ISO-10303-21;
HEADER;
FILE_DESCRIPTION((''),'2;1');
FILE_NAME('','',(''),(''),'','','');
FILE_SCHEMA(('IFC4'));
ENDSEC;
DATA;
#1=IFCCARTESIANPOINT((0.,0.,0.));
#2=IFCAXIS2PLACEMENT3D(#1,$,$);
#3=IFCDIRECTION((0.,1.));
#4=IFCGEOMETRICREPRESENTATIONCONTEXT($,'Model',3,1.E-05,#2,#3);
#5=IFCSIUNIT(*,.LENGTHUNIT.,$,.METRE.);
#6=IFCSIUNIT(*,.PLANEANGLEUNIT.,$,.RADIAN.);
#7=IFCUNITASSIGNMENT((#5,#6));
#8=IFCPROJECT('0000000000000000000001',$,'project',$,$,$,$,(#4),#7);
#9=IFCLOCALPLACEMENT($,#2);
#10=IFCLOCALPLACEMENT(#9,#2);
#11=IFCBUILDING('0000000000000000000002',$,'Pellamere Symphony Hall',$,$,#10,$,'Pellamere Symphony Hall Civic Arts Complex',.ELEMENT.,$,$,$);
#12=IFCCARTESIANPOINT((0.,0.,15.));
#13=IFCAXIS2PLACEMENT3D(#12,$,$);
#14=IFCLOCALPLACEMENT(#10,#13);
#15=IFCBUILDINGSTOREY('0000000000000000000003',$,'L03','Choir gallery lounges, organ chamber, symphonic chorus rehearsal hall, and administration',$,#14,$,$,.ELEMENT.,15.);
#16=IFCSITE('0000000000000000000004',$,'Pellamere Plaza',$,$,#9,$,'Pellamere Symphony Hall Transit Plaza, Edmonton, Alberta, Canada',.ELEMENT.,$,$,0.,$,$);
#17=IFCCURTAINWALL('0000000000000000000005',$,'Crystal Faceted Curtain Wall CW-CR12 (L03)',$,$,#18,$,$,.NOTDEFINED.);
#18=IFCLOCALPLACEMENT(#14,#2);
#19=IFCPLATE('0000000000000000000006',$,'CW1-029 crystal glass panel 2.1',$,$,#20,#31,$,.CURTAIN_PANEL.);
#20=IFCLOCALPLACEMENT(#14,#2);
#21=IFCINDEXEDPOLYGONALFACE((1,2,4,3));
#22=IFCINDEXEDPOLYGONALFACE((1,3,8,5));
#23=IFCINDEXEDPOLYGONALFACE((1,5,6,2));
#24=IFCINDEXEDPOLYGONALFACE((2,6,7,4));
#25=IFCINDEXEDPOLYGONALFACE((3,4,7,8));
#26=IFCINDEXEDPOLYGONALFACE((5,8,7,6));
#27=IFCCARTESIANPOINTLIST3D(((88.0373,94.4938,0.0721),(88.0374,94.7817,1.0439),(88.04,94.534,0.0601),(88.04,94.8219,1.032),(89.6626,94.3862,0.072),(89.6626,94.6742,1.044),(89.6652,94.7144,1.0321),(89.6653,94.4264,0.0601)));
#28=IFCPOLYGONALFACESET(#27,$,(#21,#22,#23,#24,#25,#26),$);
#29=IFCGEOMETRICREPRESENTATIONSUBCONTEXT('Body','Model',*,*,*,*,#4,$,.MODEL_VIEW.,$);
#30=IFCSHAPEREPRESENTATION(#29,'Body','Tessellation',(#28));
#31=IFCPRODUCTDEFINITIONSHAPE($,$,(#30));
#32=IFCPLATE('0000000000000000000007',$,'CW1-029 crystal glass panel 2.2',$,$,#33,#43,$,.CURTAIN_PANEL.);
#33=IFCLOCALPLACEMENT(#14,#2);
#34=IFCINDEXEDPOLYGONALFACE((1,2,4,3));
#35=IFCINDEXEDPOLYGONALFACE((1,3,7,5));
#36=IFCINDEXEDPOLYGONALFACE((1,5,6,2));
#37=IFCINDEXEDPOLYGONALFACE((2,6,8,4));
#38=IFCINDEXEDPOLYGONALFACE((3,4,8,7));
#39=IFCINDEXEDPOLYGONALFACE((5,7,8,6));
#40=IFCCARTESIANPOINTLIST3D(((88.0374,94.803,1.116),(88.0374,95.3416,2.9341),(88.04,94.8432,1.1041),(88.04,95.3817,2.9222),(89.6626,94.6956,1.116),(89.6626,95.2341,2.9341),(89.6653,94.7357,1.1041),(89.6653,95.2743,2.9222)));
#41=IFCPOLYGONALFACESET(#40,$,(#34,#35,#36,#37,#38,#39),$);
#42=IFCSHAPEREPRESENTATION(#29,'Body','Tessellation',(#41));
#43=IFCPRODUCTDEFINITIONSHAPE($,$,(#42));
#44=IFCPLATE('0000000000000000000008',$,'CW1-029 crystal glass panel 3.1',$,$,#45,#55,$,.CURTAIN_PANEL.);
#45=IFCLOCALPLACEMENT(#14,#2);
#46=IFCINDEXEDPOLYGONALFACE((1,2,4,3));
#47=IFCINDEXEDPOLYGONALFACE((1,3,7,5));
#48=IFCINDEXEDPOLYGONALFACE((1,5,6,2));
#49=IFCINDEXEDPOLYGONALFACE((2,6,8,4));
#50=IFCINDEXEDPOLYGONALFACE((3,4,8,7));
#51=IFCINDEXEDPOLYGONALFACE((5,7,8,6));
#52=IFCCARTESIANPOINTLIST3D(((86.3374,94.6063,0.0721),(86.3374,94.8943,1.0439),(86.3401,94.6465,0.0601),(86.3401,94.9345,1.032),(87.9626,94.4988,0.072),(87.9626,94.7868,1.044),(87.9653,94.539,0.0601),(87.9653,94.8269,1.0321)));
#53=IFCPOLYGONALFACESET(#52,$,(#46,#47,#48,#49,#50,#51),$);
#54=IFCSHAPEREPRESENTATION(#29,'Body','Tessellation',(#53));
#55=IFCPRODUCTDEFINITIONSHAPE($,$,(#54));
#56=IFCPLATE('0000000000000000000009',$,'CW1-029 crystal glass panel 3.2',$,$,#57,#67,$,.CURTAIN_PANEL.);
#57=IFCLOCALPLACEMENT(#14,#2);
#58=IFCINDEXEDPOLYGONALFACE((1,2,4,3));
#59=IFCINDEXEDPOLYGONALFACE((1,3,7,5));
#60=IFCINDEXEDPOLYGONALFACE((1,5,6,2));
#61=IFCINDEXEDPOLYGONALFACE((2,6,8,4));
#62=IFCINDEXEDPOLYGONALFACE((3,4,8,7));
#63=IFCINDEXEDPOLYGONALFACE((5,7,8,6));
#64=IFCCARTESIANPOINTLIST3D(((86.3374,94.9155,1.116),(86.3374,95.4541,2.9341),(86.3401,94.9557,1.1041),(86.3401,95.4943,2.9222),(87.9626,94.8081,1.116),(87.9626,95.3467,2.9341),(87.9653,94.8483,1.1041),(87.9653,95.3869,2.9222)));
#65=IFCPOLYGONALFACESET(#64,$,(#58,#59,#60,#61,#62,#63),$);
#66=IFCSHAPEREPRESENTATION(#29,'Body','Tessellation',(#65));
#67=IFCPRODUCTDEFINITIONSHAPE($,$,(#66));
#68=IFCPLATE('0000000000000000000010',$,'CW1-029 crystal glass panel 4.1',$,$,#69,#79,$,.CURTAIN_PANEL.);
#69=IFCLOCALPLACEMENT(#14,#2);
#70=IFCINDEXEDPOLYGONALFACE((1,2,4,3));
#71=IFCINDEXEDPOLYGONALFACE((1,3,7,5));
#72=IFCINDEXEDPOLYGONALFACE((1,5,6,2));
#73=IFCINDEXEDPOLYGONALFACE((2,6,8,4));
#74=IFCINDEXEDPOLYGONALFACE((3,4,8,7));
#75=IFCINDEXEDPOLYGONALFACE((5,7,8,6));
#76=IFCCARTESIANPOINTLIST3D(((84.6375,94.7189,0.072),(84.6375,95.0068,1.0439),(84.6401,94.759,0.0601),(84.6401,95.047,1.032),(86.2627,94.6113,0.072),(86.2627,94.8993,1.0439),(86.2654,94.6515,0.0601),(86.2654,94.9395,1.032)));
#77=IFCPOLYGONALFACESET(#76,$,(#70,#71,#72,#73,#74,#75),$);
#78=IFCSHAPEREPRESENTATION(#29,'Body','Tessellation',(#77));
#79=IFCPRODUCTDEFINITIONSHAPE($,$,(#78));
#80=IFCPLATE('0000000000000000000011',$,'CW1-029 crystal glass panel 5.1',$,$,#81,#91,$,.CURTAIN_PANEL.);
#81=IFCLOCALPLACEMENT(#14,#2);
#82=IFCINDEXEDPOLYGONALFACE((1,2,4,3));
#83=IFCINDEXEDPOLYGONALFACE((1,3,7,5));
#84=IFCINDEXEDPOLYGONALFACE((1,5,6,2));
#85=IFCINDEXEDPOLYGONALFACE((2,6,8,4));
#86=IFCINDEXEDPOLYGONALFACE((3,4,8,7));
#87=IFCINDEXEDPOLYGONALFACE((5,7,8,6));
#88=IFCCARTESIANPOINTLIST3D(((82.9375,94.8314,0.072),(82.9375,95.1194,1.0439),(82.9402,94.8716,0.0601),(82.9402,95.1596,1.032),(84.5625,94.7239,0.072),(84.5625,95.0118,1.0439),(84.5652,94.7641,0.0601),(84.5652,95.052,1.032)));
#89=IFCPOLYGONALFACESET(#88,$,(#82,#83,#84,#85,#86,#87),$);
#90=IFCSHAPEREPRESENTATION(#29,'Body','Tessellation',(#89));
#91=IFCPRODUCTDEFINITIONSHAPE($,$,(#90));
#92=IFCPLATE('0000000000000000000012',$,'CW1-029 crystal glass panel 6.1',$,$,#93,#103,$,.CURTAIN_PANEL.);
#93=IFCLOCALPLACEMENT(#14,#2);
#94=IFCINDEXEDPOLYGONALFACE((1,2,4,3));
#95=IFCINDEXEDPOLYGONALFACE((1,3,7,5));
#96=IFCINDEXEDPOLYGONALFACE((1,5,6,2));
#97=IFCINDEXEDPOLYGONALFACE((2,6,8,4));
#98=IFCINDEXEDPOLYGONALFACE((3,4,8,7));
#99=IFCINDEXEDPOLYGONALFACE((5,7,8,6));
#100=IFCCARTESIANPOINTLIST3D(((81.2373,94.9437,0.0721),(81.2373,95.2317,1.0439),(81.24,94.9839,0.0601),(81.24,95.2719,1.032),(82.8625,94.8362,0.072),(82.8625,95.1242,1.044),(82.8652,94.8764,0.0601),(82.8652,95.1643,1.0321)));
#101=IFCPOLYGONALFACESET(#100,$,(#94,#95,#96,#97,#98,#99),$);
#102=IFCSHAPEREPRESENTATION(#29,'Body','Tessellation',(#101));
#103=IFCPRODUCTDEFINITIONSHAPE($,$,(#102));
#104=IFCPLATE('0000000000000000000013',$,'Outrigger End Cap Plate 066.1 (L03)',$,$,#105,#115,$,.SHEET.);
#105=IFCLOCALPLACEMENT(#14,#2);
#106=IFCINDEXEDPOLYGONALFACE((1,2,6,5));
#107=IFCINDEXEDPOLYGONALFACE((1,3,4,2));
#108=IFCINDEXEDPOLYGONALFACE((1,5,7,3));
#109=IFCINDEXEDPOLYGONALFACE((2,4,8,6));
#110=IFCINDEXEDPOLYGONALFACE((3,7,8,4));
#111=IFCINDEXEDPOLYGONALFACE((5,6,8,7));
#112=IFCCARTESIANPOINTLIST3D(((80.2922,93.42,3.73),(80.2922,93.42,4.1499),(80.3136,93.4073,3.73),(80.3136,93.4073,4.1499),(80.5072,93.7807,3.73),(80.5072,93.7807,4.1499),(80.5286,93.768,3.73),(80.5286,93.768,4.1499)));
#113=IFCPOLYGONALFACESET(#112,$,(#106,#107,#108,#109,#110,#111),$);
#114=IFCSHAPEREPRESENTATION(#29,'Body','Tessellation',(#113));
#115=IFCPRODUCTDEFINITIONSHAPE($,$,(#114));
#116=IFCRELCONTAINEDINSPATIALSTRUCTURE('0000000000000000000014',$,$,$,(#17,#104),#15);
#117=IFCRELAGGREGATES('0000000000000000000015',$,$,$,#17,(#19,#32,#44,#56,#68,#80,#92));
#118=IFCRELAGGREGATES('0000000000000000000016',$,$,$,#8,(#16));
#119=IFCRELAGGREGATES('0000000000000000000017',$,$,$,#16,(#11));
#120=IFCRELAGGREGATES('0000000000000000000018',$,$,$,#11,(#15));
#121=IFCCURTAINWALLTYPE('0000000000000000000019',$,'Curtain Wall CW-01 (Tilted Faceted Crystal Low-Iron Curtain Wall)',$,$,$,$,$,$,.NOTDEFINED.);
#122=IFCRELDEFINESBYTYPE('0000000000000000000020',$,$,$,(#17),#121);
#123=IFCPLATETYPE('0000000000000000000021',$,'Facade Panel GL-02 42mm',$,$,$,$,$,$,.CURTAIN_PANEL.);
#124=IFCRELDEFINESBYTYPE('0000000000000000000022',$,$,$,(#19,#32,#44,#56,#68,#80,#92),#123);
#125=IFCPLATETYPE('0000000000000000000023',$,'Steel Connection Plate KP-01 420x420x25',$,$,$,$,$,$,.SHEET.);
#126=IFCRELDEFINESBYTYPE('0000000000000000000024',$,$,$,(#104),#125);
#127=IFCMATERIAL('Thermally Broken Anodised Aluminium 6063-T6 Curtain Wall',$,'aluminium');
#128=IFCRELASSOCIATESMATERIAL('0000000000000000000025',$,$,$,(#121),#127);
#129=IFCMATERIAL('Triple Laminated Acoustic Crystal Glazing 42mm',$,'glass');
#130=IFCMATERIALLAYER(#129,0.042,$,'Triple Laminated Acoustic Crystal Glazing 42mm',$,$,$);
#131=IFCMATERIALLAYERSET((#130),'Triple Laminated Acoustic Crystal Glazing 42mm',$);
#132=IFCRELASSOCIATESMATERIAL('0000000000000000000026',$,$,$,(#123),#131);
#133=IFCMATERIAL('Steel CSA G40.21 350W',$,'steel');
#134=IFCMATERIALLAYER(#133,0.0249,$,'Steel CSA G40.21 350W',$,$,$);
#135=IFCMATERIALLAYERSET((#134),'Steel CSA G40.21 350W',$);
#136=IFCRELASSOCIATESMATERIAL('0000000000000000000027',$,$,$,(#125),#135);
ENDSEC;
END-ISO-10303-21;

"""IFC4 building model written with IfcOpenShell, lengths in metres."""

from ifc_helpers import new_model, si_unit, direction, frame, origin, origin_2d, place, context, subcontext, project, spatial, polyline, rectangle, outline, extrude, material, layer, layer_set, type_object, element, aggregate, save


model = new_model("IFC4")

# Units and contexts
model_context = context("Model", 3, precision=1e-05, world=origin(), true_north=direction((0.0, 1.0)))
body_context = subcontext(model_context, "Body", "Model", "MODEL_VIEW")
ifc_project = project(units=[si_unit("LENGTHUNIT", "METRE"), si_unit("PLANEANGLEUNIT", "RADIAN")], contexts=[model_context])

# Site, building, storey
site_placement = place(None, origin())
site = spatial("IfcSite", under=ifc_project, at=site_placement, Name="Pellamere Plaza", LongName="Pellamere Symphony Hall Transit Plaza, Edmonton, Alberta, Canada", CompositionType="ELEMENT", RefElevation=0.0)
building_placement = place(site_placement, origin())
building = spatial("IfcBuilding", under=site, at=building_placement, Name="Pellamere Symphony Hall", LongName="Pellamere Symphony Hall Civic Arts Complex", CompositionType="ELEMENT")
storey_placement = place(building_placement, frame((0.0, 0.0, 15.0)))
storey = spatial("IfcBuildingStorey", under=building, at=storey_placement, Name="L03", Description="Choir gallery lounges, organ chamber, symphonic chorus rehearsal hall, and administration", CompositionType="ELEMENT", Elevation=15.0)

# Curtain wall
ifc_material_1 = material(Name="Thermally Broken Anodised Aluminium 6063-T6 Curtain Wall", Category="aluminium")
curtain_wall_type = type_object("IfcCurtainWallType", Name="Curtain Wall CW-01 (Tilted Faceted Crystal Low-Iron Curtain Wall)", PredefinedType="NOTDEFINED", material=ifc_material_1)
curtain_wall_placement = place(storey_placement, origin())
curtain_wall = element("IfcCurtainWall", 1, at=curtain_wall_placement, inside=storey, type_object=curtain_wall_type, Name="Crystal Faceted Curtain Wall CW-CR12 (L03)", PredefinedType="NOTDEFINED")

# Shared definitions
ifc_material_2 = material(Name="Steel CSA G40.21 350W", Category="steel")

# Plates
ifc_material_3 = material(Name="Triple Laminated Acoustic Crystal Glazing 42mm", Category="glass")
ifc_layer_1 = layer(ifc_material_3, 0.042, Name="Triple Laminated Acoustic Crystal Glazing 42mm")
ifc_layer_set_1 = layer_set([ifc_layer_1], Name="Triple Laminated Acoustic Crystal Glazing 42mm")
plate_type_1 = type_object("IfcPlateType", Name="Facade Panel GL-02 42mm", PredefinedType="CURTAIN_PANEL", material=ifc_layer_set_1)
plate_1_placement = place(storey_placement, frame((89.6626, 94.3862, 0.072), z_axis=(-0.063318, -0.956878, 0.283506), x_axis=(-0.997817, 0.066033, 0.00002)))
plate_1 = element("IfcPlate", 2, at=plate_1_placement, type_object=plate_type_1, Name="CW1-029 crystal glass panel 2.1", PredefinedType="CURTAIN_PANEL", context=body_context, shape_type="SweptSolid", body=[
    extrude(outline(polyline([(0.0, 0.0), (1.6288, 0.0), (1.6478, -1.0135), (0.019, -1.0135), (0.0, 0.0)])), origin(), (0.0, 0.0, -1.0), 0.042),
])
plate_2_placement = place(storey_placement, frame((89.6626, 94.6956, 1.116), z_axis=(-0.063247, -0.956897, 0.283458), x_axis=(-0.997823, 0.065952, 0.0)))
plate_2 = element("IfcPlate", 3, at=plate_2_placement, type_object=plate_type_1, Name="CW1-029 crystal glass panel 2.2", PredefinedType="CURTAIN_PANEL", context=body_context, shape_type="SweptSolid", body=[
    extrude(outline(polyline([(0.0, 0.0), (1.6288, 0.0), (1.6643, -1.8959), (0.0355, -1.8959), (0.0, 0.0)])), origin(), (0.0, 0.0, -1.0), 0.042),
])
plate_3_placement = place(storey_placement, frame((87.9626, 94.4988, 0.072), z_axis=(-0.063318, -0.956878, 0.283506), x_axis=(-0.997817, 0.066033, 0.00002)))
plate_3 = element("IfcPlate", 4, at=plate_3_placement, type_object=plate_type_1, Name="CW1-029 crystal glass panel 3.1", PredefinedType="CURTAIN_PANEL", context=body_context, shape_type="SweptSolid", body=[
    extrude(outline(polyline([(0.0, 0.0), (1.6288, 0.0), (1.6478, -1.0135), (0.019, -1.0135), (0.0, 0.0)])), origin(), (0.0, 0.0, -1.0), 0.042),
])
plate_4_placement = place(storey_placement, frame((87.9626, 94.8081, 1.116), z_axis=(-0.063247, -0.956897, 0.283458), x_axis=(-0.997823, 0.065952, 0.0)))
plate_4 = element("IfcPlate", 5, at=plate_4_placement, type_object=plate_type_1, Name="CW1-029 crystal glass panel 3.2", PredefinedType="CURTAIN_PANEL", context=body_context, shape_type="SweptSolid", body=[
    extrude(outline(polyline([(0.0, 0.0), (1.6288, 0.0), (1.6643, -1.8959), (0.0355, -1.8959), (0.0, 0.0)])), origin(), (0.0, 0.0, -1.0), 0.042),
])
plate_5_placement = place(storey_placement, frame((86.2627, 94.6113, 0.072), z_axis=(-0.063318, -0.956878, 0.283506), x_axis=(-0.997818, 0.066021, -0.00002)))
plate_5 = element("IfcPlate", 6, at=plate_5_placement, type_object=plate_type_1, Name="CW1-029 crystal glass panel 4.1", PredefinedType="CURTAIN_PANEL", context=body_context, shape_type="SweptSolid", body=[
    extrude(outline(polyline([(0.0, 0.0), (1.6288, 0.0), (1.6478, -1.0135), (0.019, -1.0135), (0.0, 0.0)])), origin(), (0.0, 0.0, -1.0), 0.042),
])
plate_6_placement = place(storey_placement, frame((84.5625, 94.7239, 0.072), z_axis=(-0.063327, -0.956877, 0.283506), x_axis=(-0.997818, 0.06603, -0.00002)))
plate_6 = element("IfcPlate", 7, at=plate_6_placement, type_object=plate_type_1, Name="CW1-029 crystal glass panel 5.1", PredefinedType="CURTAIN_PANEL", context=body_context, shape_type="SweptSolid", body=[
    extrude(outline(polyline([(0.0, 0.0), (1.6285, 0.0), (1.6475, -1.0135), (0.019, -1.0135), (0.0, 0.0)])), origin(), (0.0, 0.0, -1.0), 0.042),
])
plate_7_placement = place(storey_placement, frame((82.8625, 94.8362, 0.072), z_axis=(-0.063318, -0.956878, 0.283506), x_axis=(-0.997817, 0.066033, 0.00002)))
plate_7 = element("IfcPlate", 8, at=plate_7_placement, type_object=plate_type_1, Name="CW1-029 crystal glass panel 6.1", PredefinedType="CURTAIN_PANEL", context=body_context, shape_type="SweptSolid", body=[
    extrude(outline(polyline([(0.0, 0.0), (1.6288, 0.0), (1.6478, -1.0135), (0.019, -1.0135), (0.0, 0.0)])), origin(), (0.0, 0.0, -1.0), 0.042),
])
aggregate(curtain_wall, [plate_1, plate_2, plate_3, plate_4, plate_5, plate_6, plate_7])
ifc_layer_2 = layer(ifc_material_2, 0.0249, Name="Steel CSA G40.21 350W")
ifc_layer_set_2 = layer_set([ifc_layer_2], Name="Steel CSA G40.21 350W")
plate_type_2 = type_object("IfcPlateType", Name="Steel Connection Plate KP-01 420x420x25", PredefinedType="SHEET", material=ifc_layer_set_2)
plate_8_placement = place(storey_placement, frame((80.4104, 93.594, 3.73), z_axis=(0.0, 0.0, 1.0), x_axis=(-0.85896, 0.512043, 0.0)))
element("IfcPlate", 9, at=plate_8_placement, inside=storey, type_object=plate_type_2, Name="Outrigger End Cap Plate 066.1 (L03)", PredefinedType="SHEET", context=body_context, shape_type="SweptSolid", body=[
    extrude(rectangle(XDim=0.0249, YDim=0.4199, at=origin_2d()), origin(), (0.0, 0.0, 1.0), 0.4199),
])

save(model, "model.ifc")
